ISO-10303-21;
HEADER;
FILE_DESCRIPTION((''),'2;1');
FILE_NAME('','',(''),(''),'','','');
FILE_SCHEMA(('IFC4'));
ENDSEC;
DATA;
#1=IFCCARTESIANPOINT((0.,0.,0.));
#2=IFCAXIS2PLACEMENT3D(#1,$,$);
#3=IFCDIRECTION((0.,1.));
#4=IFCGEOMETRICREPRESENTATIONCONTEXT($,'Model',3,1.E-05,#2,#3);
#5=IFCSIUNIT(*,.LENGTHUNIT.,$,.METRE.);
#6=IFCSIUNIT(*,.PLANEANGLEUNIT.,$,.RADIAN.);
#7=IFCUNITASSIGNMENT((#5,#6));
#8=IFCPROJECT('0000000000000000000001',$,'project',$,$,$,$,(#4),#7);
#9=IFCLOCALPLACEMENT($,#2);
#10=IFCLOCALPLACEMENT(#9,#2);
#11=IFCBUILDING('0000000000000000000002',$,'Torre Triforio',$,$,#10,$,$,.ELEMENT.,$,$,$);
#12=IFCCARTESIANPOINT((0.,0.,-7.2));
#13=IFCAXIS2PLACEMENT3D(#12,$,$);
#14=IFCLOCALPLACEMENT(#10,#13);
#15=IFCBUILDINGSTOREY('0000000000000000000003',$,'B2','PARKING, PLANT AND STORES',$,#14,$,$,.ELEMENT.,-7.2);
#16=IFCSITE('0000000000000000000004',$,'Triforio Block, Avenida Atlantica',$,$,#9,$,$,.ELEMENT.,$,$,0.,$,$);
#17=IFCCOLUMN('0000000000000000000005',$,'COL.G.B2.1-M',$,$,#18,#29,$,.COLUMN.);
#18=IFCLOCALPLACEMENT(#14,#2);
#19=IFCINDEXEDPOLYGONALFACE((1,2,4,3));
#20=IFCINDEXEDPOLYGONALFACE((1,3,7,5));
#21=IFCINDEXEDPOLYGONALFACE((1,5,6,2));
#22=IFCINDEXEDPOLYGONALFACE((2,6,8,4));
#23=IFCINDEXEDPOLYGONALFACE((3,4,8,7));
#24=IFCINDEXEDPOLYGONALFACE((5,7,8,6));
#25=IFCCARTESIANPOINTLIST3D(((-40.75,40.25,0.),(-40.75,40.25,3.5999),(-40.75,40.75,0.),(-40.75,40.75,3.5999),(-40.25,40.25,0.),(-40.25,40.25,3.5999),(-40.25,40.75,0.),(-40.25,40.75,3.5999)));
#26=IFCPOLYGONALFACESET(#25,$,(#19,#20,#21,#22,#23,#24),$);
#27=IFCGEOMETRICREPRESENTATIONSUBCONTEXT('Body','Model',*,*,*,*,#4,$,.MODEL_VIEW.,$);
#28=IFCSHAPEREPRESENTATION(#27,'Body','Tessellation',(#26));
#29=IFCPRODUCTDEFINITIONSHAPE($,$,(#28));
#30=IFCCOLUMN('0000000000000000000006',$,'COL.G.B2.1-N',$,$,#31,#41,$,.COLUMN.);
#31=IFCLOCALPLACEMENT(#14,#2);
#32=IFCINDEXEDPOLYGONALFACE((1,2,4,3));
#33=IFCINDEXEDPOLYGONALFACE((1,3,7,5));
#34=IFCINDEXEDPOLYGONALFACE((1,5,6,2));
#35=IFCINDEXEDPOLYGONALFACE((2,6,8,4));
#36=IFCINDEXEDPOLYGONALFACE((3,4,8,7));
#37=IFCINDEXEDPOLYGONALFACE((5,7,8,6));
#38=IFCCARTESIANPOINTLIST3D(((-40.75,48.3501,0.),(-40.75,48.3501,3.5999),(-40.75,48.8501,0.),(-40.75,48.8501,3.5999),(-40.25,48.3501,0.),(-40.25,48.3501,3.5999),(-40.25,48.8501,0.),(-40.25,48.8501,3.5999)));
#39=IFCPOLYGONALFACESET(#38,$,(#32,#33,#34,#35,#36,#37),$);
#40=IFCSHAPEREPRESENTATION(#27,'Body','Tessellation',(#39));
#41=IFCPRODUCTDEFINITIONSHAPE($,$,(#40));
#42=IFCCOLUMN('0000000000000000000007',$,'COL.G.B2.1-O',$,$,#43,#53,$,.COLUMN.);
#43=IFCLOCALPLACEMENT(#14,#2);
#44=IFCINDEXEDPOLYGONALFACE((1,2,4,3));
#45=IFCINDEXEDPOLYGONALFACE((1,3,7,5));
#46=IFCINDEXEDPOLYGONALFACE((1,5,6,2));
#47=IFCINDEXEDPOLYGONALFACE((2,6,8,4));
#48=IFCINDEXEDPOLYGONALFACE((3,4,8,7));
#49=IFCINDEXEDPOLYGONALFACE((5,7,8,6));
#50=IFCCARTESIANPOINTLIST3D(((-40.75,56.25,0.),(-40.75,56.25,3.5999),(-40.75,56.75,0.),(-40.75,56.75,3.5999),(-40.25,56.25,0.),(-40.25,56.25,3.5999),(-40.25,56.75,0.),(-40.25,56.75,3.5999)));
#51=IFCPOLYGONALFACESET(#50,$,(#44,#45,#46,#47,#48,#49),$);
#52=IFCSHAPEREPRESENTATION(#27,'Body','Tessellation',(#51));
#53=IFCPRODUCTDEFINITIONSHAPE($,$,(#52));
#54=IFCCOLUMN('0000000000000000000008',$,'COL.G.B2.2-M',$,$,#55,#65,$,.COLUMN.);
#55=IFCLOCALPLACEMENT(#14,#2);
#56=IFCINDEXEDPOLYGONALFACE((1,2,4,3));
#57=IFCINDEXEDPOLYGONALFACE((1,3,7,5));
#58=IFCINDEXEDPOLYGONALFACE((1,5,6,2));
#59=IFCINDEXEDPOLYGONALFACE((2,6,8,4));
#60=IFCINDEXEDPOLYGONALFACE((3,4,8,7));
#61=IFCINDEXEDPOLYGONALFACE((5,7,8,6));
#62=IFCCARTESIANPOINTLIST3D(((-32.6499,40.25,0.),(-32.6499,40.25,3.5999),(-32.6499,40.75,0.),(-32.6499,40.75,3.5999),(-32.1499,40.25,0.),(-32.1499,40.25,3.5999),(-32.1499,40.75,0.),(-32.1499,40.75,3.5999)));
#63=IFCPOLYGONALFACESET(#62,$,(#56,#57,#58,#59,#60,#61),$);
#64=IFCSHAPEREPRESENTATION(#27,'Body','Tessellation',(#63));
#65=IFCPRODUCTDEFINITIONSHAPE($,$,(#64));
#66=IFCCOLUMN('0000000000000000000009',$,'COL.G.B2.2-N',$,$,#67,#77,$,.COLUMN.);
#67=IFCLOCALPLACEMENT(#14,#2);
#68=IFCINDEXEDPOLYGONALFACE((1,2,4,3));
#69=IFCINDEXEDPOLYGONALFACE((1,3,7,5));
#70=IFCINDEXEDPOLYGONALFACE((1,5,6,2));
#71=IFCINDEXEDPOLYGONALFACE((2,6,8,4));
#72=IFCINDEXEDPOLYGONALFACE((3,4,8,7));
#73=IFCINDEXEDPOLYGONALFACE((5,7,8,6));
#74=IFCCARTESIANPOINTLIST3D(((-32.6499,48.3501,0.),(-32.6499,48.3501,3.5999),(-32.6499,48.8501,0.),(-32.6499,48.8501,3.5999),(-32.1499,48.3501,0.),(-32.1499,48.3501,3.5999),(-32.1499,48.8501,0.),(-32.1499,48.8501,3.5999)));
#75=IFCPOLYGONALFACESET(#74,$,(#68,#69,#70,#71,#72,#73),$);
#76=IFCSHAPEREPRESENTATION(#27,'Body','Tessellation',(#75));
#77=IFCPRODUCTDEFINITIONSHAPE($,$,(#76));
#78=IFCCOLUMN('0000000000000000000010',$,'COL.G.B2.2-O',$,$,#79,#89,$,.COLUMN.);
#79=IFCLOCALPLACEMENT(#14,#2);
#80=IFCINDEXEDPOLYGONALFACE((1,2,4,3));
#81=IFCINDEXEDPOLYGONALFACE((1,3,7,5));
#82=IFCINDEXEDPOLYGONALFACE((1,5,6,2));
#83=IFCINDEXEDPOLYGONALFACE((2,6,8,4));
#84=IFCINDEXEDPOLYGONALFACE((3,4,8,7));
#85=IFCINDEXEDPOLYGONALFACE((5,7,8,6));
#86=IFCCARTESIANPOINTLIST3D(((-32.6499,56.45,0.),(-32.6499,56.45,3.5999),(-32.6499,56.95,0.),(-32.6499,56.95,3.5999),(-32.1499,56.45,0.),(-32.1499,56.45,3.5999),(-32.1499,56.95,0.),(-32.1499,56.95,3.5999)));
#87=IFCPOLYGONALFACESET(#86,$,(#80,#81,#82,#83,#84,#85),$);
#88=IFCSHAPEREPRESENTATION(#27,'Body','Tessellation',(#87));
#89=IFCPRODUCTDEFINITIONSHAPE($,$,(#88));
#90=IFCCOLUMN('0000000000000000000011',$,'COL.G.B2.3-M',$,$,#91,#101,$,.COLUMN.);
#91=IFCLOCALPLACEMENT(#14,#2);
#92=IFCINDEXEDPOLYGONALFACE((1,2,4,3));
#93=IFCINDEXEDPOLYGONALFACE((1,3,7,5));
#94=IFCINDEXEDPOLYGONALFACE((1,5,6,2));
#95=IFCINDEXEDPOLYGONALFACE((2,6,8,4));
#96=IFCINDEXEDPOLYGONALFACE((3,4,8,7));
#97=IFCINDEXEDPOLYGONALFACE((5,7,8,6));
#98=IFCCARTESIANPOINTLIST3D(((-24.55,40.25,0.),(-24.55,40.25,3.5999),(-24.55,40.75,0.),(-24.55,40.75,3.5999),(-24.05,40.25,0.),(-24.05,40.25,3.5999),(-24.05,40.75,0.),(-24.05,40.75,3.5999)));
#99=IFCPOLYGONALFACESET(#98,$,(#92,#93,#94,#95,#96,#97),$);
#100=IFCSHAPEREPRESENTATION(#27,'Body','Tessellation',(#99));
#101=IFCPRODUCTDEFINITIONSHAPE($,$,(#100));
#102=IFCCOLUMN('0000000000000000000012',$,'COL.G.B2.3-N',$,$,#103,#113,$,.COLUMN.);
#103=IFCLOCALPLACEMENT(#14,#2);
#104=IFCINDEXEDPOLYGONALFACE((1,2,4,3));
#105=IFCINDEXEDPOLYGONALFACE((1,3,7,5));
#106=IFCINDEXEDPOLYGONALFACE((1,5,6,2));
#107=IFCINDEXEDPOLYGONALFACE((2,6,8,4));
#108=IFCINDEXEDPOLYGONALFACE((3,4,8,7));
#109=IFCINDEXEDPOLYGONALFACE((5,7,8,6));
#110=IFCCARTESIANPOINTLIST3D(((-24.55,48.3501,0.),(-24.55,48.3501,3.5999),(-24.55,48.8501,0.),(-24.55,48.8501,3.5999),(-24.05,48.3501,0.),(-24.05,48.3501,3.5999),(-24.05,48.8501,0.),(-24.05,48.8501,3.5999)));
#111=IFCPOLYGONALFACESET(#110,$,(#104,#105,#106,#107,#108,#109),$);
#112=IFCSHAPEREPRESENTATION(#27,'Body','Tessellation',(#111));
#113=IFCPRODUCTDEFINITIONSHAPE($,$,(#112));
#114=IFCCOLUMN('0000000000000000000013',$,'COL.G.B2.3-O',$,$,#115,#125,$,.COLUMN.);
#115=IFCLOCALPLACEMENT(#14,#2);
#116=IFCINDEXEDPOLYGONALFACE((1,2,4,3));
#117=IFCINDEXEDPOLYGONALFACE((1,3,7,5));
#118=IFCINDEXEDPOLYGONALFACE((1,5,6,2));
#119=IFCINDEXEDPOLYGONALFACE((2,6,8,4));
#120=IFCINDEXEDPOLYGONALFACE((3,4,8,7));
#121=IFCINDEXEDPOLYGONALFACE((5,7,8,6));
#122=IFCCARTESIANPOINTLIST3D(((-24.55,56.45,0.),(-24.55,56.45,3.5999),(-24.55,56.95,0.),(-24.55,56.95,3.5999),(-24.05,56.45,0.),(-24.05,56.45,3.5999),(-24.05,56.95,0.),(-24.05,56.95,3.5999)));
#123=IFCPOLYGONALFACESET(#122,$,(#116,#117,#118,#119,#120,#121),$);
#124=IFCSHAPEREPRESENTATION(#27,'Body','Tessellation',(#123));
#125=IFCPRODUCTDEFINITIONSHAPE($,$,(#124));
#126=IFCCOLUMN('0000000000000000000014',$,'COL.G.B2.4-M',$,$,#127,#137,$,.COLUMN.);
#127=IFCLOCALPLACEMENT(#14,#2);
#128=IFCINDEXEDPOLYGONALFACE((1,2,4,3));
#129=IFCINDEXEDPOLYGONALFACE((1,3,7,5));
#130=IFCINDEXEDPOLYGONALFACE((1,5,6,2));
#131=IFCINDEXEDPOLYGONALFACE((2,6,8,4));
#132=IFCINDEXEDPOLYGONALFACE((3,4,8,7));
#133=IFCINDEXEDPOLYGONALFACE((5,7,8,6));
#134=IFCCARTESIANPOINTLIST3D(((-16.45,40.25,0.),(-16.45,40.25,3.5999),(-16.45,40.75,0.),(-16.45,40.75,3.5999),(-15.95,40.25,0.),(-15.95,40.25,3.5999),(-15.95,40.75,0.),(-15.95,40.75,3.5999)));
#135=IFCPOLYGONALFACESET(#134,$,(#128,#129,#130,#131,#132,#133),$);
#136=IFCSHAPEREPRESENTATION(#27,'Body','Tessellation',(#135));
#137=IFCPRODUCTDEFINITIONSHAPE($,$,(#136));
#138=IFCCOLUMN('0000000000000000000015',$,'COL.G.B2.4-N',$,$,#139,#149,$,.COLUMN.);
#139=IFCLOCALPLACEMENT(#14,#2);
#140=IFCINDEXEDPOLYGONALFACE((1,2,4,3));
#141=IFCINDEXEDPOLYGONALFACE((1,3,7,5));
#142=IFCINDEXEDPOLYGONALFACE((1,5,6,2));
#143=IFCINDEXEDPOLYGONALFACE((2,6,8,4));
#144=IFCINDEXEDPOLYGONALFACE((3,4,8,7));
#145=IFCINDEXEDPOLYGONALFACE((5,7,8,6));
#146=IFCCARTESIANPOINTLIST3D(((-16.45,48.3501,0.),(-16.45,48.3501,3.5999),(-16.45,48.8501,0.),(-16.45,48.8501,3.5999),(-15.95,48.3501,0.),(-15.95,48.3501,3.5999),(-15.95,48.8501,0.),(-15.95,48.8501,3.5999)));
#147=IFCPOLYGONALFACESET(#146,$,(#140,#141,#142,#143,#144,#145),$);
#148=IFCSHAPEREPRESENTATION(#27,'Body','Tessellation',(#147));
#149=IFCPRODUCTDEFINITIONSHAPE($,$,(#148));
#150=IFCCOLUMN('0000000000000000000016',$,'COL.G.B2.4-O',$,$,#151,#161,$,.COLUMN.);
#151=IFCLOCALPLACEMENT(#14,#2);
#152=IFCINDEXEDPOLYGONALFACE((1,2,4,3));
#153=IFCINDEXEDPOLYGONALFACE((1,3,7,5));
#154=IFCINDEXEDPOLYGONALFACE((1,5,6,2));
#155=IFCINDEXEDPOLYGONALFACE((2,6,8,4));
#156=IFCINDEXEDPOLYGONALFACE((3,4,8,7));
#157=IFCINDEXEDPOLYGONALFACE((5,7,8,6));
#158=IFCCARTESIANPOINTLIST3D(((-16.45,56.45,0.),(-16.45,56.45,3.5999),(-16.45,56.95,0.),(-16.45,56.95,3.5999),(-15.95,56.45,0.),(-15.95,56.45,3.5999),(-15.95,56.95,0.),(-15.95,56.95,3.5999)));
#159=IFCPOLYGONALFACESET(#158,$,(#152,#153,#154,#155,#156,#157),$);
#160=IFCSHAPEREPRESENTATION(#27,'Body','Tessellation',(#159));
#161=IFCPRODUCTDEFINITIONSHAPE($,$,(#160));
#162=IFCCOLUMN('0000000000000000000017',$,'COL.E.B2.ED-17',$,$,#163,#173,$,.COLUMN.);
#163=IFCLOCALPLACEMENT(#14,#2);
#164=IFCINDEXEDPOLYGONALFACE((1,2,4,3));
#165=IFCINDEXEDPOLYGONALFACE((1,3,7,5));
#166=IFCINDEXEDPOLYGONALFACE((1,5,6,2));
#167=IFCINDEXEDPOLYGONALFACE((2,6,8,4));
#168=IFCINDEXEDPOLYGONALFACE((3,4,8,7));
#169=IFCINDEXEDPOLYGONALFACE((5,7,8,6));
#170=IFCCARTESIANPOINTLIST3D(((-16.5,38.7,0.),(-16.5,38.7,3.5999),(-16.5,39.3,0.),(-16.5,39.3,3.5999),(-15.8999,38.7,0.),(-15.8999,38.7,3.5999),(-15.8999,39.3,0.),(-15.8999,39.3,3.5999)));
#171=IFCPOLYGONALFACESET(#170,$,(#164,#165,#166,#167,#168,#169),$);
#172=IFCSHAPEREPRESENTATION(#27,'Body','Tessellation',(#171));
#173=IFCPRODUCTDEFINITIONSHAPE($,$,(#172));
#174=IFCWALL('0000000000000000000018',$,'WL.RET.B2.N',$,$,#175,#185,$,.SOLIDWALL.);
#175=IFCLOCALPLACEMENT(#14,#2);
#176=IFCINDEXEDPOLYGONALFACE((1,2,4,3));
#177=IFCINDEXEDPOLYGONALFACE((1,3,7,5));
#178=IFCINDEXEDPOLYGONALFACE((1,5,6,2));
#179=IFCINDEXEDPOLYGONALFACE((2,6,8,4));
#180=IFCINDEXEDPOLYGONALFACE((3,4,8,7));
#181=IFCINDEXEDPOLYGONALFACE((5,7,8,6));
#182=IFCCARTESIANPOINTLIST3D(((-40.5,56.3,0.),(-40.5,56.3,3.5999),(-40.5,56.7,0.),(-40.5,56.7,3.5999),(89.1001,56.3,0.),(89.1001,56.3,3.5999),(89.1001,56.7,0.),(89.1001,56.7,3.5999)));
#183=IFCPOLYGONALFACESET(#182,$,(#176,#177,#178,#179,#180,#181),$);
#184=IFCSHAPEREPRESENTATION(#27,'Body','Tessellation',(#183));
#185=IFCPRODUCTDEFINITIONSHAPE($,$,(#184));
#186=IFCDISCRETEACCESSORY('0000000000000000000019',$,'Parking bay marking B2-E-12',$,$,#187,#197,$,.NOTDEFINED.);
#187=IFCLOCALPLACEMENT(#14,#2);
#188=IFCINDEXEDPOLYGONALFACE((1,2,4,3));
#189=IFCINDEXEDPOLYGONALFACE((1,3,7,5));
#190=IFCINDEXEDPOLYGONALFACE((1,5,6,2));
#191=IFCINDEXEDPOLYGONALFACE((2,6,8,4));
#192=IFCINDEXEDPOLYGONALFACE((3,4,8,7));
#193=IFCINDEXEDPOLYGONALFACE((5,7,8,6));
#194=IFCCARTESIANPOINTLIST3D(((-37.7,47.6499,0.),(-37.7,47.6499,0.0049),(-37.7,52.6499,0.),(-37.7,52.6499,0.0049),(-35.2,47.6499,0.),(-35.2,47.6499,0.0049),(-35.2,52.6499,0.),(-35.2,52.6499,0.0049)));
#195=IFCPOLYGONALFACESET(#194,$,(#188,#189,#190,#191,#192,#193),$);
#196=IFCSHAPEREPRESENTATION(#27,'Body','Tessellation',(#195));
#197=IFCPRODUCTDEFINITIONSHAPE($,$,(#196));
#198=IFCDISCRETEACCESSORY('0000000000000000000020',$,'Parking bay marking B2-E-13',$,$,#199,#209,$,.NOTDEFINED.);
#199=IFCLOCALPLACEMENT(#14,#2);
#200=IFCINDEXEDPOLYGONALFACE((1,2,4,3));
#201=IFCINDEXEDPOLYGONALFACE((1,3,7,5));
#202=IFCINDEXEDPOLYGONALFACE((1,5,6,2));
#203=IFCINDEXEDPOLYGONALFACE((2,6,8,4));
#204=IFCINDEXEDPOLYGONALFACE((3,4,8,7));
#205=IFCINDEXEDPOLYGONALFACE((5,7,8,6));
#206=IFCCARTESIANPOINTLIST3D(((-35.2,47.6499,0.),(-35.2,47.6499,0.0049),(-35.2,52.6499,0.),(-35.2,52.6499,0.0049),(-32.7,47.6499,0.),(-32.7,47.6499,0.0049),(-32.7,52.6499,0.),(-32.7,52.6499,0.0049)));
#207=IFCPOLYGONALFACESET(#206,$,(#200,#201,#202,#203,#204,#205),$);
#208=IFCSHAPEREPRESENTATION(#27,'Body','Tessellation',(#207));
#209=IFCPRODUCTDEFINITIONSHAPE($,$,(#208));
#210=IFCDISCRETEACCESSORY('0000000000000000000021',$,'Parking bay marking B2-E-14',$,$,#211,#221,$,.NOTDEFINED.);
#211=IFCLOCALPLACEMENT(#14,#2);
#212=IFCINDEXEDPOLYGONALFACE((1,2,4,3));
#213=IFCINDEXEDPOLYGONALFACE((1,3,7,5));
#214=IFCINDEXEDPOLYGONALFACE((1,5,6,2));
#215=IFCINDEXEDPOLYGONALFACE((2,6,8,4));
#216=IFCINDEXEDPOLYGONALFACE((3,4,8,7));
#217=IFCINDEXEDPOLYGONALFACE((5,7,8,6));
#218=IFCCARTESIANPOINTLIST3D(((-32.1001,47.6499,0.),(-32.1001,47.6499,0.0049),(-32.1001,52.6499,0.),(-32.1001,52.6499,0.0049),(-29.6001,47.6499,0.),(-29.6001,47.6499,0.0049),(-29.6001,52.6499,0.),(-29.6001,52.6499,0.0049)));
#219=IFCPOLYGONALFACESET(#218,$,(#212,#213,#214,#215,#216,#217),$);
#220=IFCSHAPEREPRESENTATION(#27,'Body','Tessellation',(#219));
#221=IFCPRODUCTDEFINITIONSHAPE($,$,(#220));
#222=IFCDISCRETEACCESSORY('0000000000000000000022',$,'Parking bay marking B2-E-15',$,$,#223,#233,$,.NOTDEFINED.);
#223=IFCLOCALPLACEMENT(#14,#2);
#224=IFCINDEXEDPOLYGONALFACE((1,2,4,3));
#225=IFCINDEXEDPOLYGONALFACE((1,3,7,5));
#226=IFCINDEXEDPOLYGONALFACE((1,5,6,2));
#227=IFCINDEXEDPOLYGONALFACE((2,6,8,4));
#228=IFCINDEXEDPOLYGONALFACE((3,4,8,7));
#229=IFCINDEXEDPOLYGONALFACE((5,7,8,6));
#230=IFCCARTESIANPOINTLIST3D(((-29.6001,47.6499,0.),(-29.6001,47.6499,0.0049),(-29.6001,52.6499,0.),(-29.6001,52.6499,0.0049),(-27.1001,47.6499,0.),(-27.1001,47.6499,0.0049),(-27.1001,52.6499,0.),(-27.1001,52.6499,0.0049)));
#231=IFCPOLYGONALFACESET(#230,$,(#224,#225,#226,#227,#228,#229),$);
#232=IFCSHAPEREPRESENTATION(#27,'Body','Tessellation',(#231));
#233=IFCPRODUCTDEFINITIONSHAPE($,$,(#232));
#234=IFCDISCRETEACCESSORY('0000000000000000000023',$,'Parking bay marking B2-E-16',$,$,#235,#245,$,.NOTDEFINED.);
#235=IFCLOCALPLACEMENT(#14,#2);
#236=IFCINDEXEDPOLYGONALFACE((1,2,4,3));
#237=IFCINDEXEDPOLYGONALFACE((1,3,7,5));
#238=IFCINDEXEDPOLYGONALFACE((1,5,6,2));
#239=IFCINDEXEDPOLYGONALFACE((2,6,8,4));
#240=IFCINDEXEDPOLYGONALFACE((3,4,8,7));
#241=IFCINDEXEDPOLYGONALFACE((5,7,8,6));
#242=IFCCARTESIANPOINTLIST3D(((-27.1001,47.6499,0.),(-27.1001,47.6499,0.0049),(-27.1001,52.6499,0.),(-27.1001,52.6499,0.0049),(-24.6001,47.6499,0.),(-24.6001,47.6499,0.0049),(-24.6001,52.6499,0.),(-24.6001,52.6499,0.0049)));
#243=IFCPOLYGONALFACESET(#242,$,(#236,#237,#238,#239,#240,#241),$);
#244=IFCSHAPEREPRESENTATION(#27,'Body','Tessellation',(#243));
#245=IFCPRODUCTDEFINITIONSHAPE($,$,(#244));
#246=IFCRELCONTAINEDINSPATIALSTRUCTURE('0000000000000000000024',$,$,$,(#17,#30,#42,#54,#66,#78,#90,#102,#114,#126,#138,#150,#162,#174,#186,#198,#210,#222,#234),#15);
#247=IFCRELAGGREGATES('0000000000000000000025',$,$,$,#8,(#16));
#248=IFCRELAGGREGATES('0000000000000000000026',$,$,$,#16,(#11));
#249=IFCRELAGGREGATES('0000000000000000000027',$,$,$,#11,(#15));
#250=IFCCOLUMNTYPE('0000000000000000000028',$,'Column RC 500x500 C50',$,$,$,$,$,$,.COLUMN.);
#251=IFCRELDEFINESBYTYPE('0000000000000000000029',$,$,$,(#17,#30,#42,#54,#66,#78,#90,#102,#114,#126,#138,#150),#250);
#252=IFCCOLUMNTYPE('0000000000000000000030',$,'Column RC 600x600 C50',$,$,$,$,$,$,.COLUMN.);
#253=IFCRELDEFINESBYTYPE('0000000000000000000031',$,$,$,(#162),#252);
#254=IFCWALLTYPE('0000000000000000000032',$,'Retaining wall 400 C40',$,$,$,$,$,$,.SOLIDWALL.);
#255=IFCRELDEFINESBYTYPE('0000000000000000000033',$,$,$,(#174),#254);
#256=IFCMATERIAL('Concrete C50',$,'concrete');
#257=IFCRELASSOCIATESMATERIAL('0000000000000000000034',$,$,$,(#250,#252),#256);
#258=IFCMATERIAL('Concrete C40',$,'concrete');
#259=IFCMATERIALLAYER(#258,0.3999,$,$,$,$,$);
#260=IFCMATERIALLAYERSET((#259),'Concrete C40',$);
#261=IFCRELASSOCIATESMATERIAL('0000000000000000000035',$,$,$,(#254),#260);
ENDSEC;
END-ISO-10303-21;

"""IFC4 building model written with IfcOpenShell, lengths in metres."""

from ifc_helpers import new_model, si_unit, direction, frame, frame_2d, origin, origin_2d, place, context, subcontext, project, spatial, rectangle, extrude, material, layer, layer_set, material_profile, profile_set, type_object, element, save


model = new_model("IFC4")

# Units and contexts
model_context = context("Model", 3, precision=1e-05, world=origin(), true_north=direction((0.0, 1.0)))
body_context = subcontext(model_context, "Body", "Model", "MODEL_VIEW")
ifc_project = project(units=[si_unit("LENGTHUNIT", "METRE"), si_unit("PLANEANGLEUNIT", "RADIAN")], contexts=[model_context])

# Site, building, storey
site_placement = place(None, origin())
site = spatial("IfcSite", under=ifc_project, at=site_placement, Name="Triforio Block, Avenida Atlantica", CompositionType="ELEMENT", RefElevation=0.0)
building_placement = place(site_placement, origin())
building = spatial("IfcBuilding", under=site, at=building_placement, Name="Torre Triforio", CompositionType="ELEMENT")
storey_placement = place(building_placement, frame((0.0, 0.0, -7.2)))
storey = spatial("IfcBuildingStorey", under=building, at=storey_placement, Name="B2", Description="PARKING, PLANT AND STORES", CompositionType="ELEMENT", Elevation=-7.2)

# Columns
ifc_material_1 = material(Name="Concrete C50", Category="concrete")
ifc_material_profile_1 = material_profile(ifc_material_1, rectangle(XDim=0.5, YDim=0.5, at=origin_2d()), Name="RC 500x500")
ifc_profile_set_1 = profile_set([ifc_material_profile_1], Name="Concrete C50")
column_type_1 = type_object("IfcColumnType", Name="Column RC 500x500 C50", PredefinedType="COLUMN", material=ifc_profile_set_1)
for number, where, z_axis, x_axis, name in (
    (1, (-40.5, 40.5, 0.0), (0.0, 0.0, 1.0), (1.0, 0.0, 0.0), "COL.G.B2.1-M"),
    (2, (-40.5, 48.6001, 0.0), (0.0, 0.0, 1.0), (1.0, 0.0, 0.0), "COL.G.B2.1-N"),
    (3, (-40.5, 56.5, 0.0), (0.0, 0.0, 1.0), (1.0, 0.0, 0.0), "COL.G.B2.1-O"),
    (4, (-32.3999, 40.5, 0.0), (0.0, 0.0, 1.0), (1.0, 0.0, 0.0), "COL.G.B2.2-M"),
    (5, (-32.3999, 48.6001, 0.0), (0.0, 0.0, 1.0), (1.0, 0.0, 0.0), "COL.G.B2.2-N"),
    (6, (-32.3999, 56.7, 0.0), (0.0, 0.0, 1.0), (1.0, 0.0, 0.0), "COL.G.B2.2-O"),
    (7, (-24.3, 40.5, 0.0), (0.0, 0.0, 1.0), (1.0, 0.0, 0.0), "COL.G.B2.3-M"),
    (8, (-24.3, 48.6001, 0.0), (0.0, 0.0, 1.0), (1.0, 0.0, 0.0), "COL.G.B2.3-N"),
    (9, (-24.3, 56.7, 0.0), (0.0, 0.0, 1.0), (1.0, 0.0, 0.0), "COL.G.B2.3-O"),
    (10, (-16.2, 40.5, 0.0), (0.0, 0.0, 1.0), (1.0, 0.0, 0.0), "COL.G.B2.4-M"),
    (11, (-16.2, 48.6001, 0.0), (0.0, 0.0, 1.0), (1.0, 0.0, 0.0), "COL.G.B2.4-N"),
    (12, (-16.2, 56.7, 0.0), (0.0, 0.0, 1.0), (1.0, 0.0, 0.0), "COL.G.B2.4-O"),
):
    element("IfcColumn", number, at=place(storey_placement, frame(where, z_axis=z_axis, x_axis=x_axis)), inside=storey, type_object=column_type_1, Name=name, PredefinedType="COLUMN", context=body_context, shape_type="SweptSolid", body=[
        extrude(rectangle(XDim=0.5, YDim=0.5, at=origin_2d()), origin(), (0.0, 0.0, 1.0), 3.5999),
    ])
ifc_material_profile_2 = material_profile(ifc_material_1, rectangle(XDim=0.6001, YDim=0.6001, at=origin_2d()), Name="RC 600x600")
ifc_profile_set_2 = profile_set([ifc_material_profile_2], Name="Concrete C50")
column_type_2 = type_object("IfcColumnType", Name="Column RC 600x600 C50", PredefinedType="COLUMN", material=ifc_profile_set_2)
column_placement = place(storey_placement, frame((-16.2, 39.0, 0.0), z_axis=(0.0, 0.0, 1.0), x_axis=(1.0, 0.0, 0.0)))
element("IfcColumn", 13, at=column_placement, inside=storey, type_object=column_type_2, Name="COL.E.B2.ED-17", PredefinedType="COLUMN", context=body_context, shape_type="SweptSolid", body=[
    extrude(rectangle(XDim=0.6001, YDim=0.6001, at=origin_2d()), origin(), (0.0, 0.0, 1.0), 3.5999),
])

# Wall
ifc_material_2 = material(Name="Concrete C40", Category="concrete")
ifc_layer = layer(ifc_material_2, 0.3999)
ifc_layer_set = layer_set([ifc_layer], Name="Concrete C40")
wall_type = type_object("IfcWallType", Name="Retaining wall 400 C40", PredefinedType="SOLIDWALL", material=ifc_layer_set)
wall_placement = place(storey_placement, frame((-40.5, 56.5, 0.0), z_axis=(0.0, 0.0, 1.0), x_axis=(1.0, 0.0, 0.0)))
element("IfcWall", 14, at=wall_placement, inside=storey, type_object=wall_type, Name="WL.RET.B2.N", PredefinedType="SOLIDWALL", context=body_context, shape_type="SweptSolid", body=[
    extrude(rectangle(XDim=129.6001, YDim=0.3999, at=frame_2d((64.8, 0.0))), origin(), (0.0, 0.0, 1.0), 3.5999),
])

# Discrete accessories
for number, where, z_axis, x_axis, name in (
    (15, (-36.45, 50.1499, 0.0), (0.0, 0.0, 1.0), (1.0, 0.0, 0.0), "Parking bay marking B2-E-12"),
    (16, (-33.95, 50.1499, 0.0), (0.0, 0.0, 1.0), (1.0, 0.0, 0.0), "Parking bay marking B2-E-13"),
    (17, (-30.8501, 50.1499, 0.0), (0.0, 0.0, 1.0), (1.0, 0.0, 0.0), "Parking bay marking B2-E-14"),
    (18, (-28.3501, 50.1499, 0.0), (0.0, 0.0, 1.0), (1.0, 0.0, 0.0), "Parking bay marking B2-E-15"),
    (19, (-25.8501, 50.1499, 0.0), (0.0, 0.0, 1.0), (1.0, 0.0, 0.0), "Parking bay marking B2-E-16"),
):
    element("IfcDiscreteAccessory", number, at=place(storey_placement, frame(where, z_axis=z_axis, x_axis=x_axis)), inside=storey, Name=name, PredefinedType="NOTDEFINED", context=body_context, shape_type="SweptSolid", body=[
        extrude(rectangle(XDim=2.5, YDim=5.0, at=origin_2d()), origin(), (0.0, 0.0, 1.0), 0.0049),
    ])

save(model, "model.ifc")
